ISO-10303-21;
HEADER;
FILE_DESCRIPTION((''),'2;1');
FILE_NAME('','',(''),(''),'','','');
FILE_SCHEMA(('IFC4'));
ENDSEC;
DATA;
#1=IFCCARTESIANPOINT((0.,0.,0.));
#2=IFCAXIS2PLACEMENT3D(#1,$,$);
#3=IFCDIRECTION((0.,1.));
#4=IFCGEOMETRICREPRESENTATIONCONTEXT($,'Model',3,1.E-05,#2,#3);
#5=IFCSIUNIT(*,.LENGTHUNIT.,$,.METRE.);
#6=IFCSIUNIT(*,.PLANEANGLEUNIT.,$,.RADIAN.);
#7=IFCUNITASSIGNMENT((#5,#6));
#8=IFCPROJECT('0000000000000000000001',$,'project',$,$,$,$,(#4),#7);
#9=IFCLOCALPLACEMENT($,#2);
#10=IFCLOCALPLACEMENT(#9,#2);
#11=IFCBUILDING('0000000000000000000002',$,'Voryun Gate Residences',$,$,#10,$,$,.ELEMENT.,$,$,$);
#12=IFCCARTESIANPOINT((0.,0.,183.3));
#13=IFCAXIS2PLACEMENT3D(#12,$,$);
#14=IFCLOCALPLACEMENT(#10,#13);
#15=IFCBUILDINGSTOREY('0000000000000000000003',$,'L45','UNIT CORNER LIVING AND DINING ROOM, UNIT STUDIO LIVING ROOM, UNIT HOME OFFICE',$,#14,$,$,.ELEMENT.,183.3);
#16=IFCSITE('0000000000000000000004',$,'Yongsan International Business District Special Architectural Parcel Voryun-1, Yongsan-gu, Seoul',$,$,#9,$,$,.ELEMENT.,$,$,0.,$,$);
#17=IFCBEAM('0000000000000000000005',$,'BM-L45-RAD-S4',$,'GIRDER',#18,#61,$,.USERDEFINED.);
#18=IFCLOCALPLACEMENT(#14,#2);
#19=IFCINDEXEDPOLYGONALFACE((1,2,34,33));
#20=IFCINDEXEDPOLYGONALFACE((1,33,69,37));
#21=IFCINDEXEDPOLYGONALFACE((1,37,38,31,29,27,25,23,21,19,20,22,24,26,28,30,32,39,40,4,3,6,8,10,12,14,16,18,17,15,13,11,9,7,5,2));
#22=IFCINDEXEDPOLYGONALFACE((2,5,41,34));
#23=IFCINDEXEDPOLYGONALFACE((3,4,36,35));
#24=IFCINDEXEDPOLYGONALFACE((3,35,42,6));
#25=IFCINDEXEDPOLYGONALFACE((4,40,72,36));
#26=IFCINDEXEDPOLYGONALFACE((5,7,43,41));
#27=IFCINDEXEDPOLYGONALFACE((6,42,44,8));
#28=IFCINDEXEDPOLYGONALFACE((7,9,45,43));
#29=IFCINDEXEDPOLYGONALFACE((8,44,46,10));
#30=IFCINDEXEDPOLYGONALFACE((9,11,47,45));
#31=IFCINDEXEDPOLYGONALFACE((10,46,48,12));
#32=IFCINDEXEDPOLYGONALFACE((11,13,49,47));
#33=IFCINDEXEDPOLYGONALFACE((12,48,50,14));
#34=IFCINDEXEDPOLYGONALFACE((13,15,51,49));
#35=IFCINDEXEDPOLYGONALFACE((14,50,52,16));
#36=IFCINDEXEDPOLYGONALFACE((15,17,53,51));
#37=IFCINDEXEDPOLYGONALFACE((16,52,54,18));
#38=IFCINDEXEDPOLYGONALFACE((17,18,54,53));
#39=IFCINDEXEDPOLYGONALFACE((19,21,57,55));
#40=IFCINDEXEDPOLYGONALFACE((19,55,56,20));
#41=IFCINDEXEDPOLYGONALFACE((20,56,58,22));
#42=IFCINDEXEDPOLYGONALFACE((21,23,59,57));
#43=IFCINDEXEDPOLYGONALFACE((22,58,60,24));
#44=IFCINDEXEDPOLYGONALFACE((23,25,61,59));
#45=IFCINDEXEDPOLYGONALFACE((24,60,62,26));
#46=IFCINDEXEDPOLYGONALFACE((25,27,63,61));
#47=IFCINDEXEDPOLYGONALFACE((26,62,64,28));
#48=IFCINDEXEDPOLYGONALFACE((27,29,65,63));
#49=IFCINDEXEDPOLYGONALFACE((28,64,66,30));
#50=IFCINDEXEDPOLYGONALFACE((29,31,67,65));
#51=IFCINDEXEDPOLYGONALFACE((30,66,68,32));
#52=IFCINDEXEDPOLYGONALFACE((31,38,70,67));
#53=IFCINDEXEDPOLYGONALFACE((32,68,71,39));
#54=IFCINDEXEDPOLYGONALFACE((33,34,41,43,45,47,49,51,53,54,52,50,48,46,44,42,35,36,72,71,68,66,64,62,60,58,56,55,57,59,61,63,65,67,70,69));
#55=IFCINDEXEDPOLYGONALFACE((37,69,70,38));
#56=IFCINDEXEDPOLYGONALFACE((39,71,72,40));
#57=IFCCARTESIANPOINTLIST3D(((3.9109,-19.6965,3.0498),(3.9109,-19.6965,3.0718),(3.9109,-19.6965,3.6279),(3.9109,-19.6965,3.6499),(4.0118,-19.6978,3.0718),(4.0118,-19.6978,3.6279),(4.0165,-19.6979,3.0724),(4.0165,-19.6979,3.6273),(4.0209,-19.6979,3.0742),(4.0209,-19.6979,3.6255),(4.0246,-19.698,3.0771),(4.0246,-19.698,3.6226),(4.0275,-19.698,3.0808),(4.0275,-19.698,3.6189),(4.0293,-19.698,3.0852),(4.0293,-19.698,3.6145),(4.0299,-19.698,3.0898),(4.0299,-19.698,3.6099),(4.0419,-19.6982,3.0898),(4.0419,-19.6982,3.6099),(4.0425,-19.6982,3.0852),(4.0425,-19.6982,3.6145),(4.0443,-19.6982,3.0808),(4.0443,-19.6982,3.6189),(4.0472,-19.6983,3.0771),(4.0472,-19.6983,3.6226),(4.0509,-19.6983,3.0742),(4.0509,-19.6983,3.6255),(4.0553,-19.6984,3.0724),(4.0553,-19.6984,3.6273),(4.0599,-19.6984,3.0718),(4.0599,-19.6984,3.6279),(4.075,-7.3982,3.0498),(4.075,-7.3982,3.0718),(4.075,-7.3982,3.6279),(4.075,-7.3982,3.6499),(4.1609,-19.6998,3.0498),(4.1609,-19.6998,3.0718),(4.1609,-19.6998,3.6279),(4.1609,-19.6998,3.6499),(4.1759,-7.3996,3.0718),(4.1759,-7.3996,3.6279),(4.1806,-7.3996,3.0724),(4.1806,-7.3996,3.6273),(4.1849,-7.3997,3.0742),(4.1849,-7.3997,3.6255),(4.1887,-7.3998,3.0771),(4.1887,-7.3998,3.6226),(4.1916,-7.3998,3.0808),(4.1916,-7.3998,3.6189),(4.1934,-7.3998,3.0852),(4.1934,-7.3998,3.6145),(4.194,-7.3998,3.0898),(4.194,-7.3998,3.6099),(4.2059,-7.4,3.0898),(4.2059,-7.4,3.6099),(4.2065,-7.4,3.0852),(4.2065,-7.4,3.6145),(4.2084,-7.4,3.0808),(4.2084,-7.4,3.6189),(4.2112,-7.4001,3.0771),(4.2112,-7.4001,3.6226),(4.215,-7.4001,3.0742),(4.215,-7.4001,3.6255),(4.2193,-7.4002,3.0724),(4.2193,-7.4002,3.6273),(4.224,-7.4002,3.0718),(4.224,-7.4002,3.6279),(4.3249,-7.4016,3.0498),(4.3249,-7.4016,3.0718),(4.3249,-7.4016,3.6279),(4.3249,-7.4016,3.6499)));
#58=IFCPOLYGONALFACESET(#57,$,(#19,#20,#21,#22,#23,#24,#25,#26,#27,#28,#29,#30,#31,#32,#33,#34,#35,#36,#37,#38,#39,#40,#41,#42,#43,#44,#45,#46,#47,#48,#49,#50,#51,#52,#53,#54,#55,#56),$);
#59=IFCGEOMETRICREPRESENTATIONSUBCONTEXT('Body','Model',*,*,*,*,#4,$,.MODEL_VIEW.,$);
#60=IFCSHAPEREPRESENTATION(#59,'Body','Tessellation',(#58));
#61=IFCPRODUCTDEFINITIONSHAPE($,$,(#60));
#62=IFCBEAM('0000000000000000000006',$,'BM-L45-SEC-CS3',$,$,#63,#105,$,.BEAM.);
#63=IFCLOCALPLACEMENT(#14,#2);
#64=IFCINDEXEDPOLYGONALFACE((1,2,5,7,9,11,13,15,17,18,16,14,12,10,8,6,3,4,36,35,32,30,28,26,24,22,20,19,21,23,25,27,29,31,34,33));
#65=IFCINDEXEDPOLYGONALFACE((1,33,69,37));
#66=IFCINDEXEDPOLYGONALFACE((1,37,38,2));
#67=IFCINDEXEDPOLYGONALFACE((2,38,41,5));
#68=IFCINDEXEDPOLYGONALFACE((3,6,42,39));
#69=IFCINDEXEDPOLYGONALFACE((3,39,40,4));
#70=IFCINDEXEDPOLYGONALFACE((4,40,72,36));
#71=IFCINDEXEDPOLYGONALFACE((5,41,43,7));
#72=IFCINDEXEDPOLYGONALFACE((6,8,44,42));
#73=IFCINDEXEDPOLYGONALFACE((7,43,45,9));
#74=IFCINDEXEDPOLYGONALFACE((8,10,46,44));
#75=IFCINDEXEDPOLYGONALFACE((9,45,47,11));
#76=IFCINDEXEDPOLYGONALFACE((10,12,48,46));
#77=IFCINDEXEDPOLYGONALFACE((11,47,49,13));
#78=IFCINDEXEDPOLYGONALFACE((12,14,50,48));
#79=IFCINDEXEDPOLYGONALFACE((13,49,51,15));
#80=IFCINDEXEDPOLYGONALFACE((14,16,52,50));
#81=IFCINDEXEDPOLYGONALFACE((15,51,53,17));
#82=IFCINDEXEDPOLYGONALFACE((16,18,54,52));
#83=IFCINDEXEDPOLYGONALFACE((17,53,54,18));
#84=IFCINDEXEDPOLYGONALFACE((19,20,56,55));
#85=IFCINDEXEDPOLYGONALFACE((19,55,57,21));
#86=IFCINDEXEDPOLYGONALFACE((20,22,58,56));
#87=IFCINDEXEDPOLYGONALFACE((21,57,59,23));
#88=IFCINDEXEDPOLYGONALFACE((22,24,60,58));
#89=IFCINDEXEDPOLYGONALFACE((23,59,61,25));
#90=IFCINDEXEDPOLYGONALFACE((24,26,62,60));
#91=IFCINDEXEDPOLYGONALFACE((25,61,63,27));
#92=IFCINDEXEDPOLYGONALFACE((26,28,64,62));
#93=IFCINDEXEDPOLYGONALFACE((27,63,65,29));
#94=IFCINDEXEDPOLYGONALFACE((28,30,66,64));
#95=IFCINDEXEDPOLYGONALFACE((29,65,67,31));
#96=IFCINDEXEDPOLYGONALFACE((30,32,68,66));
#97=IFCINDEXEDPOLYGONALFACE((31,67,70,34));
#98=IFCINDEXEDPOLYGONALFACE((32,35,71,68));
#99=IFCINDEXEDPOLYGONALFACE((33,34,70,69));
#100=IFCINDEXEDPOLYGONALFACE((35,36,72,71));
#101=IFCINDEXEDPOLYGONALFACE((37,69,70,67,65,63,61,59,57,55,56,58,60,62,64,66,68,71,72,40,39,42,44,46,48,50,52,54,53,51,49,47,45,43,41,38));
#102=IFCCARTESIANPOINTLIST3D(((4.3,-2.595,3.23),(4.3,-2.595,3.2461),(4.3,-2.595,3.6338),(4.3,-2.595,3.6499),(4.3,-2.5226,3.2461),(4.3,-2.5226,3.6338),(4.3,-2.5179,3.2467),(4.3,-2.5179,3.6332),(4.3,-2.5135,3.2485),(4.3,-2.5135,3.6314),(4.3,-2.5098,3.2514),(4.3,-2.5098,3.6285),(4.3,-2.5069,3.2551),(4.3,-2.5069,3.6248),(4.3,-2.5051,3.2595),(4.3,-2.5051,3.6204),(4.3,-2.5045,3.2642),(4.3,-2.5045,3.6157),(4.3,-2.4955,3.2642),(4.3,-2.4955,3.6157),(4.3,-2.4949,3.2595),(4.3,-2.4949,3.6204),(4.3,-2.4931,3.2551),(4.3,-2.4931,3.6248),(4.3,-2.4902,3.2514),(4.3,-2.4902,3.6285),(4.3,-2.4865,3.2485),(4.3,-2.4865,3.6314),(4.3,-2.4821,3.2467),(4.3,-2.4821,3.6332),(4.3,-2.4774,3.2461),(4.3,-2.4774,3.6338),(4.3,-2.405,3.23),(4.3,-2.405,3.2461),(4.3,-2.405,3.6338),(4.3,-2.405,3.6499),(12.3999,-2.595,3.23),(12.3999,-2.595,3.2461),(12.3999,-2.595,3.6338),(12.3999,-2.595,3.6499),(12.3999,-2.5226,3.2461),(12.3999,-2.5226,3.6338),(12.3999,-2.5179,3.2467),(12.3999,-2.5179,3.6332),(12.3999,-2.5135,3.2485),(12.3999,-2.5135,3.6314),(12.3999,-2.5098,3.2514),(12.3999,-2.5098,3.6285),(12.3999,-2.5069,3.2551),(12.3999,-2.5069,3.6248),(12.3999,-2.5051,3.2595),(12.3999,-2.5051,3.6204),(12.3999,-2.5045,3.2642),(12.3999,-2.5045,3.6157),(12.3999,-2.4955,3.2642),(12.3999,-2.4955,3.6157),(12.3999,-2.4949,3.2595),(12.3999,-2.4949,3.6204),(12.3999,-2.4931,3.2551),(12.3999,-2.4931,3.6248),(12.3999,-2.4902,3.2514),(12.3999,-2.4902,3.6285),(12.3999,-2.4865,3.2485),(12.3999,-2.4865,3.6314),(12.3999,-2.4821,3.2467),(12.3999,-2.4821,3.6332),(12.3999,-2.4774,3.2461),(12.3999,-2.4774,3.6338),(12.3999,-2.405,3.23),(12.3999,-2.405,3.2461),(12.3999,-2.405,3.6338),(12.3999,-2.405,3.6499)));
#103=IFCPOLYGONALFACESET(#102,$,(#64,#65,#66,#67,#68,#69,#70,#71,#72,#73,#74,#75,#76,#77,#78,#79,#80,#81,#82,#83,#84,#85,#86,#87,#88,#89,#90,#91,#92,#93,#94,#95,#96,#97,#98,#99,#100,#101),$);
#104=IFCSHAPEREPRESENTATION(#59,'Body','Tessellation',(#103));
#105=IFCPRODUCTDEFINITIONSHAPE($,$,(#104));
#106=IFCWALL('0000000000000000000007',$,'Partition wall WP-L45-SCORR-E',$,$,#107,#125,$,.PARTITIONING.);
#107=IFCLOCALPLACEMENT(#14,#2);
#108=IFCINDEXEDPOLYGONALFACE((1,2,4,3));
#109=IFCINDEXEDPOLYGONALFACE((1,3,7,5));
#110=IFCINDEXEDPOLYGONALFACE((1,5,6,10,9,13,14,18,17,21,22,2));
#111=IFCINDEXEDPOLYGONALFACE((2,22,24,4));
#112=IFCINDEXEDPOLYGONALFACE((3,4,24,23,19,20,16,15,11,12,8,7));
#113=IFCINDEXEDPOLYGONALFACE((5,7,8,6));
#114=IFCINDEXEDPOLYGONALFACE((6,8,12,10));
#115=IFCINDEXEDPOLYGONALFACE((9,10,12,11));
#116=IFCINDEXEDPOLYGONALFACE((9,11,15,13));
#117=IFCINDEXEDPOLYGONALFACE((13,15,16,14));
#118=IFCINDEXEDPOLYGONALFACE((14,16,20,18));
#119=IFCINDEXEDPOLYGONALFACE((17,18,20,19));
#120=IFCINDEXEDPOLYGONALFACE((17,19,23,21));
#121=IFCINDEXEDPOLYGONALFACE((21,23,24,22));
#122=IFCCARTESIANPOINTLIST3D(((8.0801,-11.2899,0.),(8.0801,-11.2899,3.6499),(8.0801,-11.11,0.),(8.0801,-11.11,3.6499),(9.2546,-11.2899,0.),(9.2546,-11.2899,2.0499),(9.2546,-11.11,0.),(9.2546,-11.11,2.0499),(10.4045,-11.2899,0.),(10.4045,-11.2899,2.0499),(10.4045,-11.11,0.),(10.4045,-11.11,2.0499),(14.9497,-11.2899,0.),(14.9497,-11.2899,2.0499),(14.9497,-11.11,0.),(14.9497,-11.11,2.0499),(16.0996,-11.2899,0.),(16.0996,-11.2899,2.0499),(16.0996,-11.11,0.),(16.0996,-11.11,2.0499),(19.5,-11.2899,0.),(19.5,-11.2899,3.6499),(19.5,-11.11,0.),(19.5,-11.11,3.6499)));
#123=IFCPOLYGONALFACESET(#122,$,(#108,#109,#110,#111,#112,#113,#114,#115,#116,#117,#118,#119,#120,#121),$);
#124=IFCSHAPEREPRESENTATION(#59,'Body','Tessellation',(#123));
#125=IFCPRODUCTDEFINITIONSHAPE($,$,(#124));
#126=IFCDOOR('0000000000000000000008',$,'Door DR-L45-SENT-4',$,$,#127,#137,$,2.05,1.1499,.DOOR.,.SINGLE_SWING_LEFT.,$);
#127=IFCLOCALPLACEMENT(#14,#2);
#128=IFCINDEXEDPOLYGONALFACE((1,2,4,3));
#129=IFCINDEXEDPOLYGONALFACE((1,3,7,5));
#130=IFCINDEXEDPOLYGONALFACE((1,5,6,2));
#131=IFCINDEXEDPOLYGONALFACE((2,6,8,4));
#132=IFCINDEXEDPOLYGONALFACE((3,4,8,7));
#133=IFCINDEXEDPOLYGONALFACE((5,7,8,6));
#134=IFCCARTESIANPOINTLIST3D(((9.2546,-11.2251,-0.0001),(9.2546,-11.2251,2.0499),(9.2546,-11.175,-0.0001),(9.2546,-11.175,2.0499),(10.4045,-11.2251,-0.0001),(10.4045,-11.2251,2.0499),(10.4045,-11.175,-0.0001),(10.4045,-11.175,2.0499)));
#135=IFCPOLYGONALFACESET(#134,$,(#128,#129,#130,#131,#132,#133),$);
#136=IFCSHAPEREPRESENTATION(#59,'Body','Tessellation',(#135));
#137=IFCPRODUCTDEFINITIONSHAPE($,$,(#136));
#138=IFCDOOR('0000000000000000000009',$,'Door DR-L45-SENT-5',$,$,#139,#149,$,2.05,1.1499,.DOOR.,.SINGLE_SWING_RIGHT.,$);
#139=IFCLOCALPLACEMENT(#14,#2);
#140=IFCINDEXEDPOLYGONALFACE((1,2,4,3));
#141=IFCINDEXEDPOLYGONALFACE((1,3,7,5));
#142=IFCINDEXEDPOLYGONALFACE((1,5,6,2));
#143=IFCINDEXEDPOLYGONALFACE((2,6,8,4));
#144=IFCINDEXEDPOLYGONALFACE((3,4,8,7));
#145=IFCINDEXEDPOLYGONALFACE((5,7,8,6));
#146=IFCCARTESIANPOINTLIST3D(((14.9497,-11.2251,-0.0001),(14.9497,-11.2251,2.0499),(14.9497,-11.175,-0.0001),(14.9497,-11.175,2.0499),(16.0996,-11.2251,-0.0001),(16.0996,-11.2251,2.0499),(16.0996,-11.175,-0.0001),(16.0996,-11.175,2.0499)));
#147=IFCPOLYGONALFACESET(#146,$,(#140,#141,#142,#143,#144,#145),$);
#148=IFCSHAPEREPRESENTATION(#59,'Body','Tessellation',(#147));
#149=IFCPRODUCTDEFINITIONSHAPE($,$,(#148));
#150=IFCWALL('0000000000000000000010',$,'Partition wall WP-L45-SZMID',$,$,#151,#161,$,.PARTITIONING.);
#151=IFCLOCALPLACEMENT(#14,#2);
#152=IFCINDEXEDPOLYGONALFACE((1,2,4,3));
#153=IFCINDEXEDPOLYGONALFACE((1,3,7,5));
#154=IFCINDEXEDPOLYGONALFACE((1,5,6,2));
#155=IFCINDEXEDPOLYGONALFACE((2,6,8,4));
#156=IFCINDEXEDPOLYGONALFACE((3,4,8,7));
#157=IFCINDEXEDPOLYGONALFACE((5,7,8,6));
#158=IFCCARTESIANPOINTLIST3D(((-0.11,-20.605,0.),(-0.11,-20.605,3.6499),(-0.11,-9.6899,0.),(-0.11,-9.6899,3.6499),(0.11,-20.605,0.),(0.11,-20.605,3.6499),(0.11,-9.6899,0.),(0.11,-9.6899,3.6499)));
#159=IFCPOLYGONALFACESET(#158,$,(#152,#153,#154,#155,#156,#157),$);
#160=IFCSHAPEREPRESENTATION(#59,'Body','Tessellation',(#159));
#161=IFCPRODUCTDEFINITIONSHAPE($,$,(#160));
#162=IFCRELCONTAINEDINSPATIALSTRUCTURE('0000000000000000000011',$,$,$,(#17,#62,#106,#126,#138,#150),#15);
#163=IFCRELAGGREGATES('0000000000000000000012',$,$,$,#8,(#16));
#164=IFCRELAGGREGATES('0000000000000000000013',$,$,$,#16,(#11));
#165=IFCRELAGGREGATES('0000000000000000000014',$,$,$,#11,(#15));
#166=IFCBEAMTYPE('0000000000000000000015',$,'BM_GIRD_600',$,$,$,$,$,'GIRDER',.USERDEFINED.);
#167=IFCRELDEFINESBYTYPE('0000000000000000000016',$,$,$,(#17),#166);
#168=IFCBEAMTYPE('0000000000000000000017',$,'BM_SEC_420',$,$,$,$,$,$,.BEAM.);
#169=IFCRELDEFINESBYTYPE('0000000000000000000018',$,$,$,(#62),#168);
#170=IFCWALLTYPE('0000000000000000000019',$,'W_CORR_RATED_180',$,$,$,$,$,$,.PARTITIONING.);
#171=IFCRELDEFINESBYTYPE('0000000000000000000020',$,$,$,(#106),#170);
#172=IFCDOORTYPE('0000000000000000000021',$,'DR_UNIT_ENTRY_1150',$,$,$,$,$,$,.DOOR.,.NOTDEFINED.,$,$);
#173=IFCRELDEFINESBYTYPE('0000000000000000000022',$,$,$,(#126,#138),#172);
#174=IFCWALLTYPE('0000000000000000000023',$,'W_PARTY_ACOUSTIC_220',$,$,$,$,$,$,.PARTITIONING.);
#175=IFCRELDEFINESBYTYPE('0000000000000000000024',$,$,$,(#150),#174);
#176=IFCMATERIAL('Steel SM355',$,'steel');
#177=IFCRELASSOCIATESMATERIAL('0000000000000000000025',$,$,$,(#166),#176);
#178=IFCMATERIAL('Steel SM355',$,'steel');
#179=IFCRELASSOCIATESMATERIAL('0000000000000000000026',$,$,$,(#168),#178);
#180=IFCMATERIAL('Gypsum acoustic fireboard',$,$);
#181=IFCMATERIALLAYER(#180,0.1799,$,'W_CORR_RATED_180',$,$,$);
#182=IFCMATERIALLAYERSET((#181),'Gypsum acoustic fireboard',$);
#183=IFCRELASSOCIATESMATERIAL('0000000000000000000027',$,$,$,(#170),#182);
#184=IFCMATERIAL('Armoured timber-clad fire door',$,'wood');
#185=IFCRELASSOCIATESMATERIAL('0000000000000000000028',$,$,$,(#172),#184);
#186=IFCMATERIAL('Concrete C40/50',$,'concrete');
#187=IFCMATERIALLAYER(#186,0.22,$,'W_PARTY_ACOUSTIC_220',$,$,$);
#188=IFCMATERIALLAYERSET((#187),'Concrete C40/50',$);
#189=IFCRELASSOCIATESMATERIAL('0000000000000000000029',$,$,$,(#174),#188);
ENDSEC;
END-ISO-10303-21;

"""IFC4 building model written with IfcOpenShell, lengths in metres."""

from ifc_helpers import new_model, si_unit, direction, frame, frame_2d, origin, origin_2d, place, context, subcontext, project, spatial, rectangle, i_section, extrude, material, layer, layer_set, material_profile, profile_set, type_object, element, fill, save


model = new_model("IFC4")

# Units and contexts
model_context = context("Model", 3, precision=1e-05, world=origin(), true_north=direction((0.0, 1.0)))
body_context = subcontext(model_context, "Body", "Model", "MODEL_VIEW")
ifc_project = project(units=[si_unit("LENGTHUNIT", "METRE"), si_unit("PLANEANGLEUNIT", "RADIAN")], contexts=[model_context])

# Site, building, storey
site_placement = place(None, origin())
site = spatial("IfcSite", under=ifc_project, at=site_placement, Name="Yongsan International Business District Special Architectural Parcel Voryun-1, Yongsan-gu, Seoul", CompositionType="ELEMENT", RefElevation=0.0)
building_placement = place(site_placement, origin())
building = spatial("IfcBuilding", under=site, at=building_placement, Name="Voryun Gate Residences", CompositionType="ELEMENT")
storey_placement = place(building_placement, frame((0.0, 0.0, 183.3)))
storey = spatial("IfcBuildingStorey", under=building, at=storey_placement, Name="L45", Description="UNIT CORNER LIVING AND DINING ROOM, UNIT STUDIO LIVING ROOM, UNIT HOME OFFICE", CompositionType="ELEMENT", Elevation=183.3)

# Beams
ifc_material_1 = material(Name="Steel SM355", Category="steel")
ifc_material_profile_1 = material_profile(ifc_material_1, i_section(OverallWidth=0.25, OverallDepth=0.6001, WebThickness=0.012, FlangeThickness=0.022, FilletRadius=0.0181, at=origin_2d()), Name="H-600x250x12x22")
ifc_profile_set_1 = profile_set([ifc_material_profile_1], Name="Steel SM355")
beam_type_1 = type_object("IfcBeamType", Name="BM_GIRD_600", ElementType="GIRDER", PredefinedType="USERDEFINED", material=ifc_profile_set_1)
beam_1_placement = place(storey_placement, frame((4.2, -7.3999, 3.3499), z_axis=(-0.013339, -0.999911, 0.0), x_axis=(0.999911, -0.013339, 0.0)))
element("IfcBeam", 1, at=beam_1_placement, inside=storey, type_object=beam_type_1, Name="BM-L45-RAD-S4", ObjectType="GIRDER", PredefinedType="USERDEFINED", context=body_context, shape_type="SweptSolid", body=[
    extrude(i_section(OverallWidth=0.25, OverallDepth=0.6001, WebThickness=0.012, FlangeThickness=0.022, FilletRadius=0.0181, at=origin_2d()), origin(), (0.0, 0.0, 1.0), 12.2993),
])
ifc_material_2 = material(Name="Steel SM355", Category="steel")
ifc_material_profile_2 = material_profile(ifc_material_2, i_section(OverallWidth=0.1899, OverallDepth=0.4199, WebThickness=0.009, FlangeThickness=0.0161, FilletRadius=0.0181, at=origin_2d()), Name="H-420x190x9x16")
ifc_profile_set_2 = profile_set([ifc_material_profile_2], Name="Steel SM355")
beam_type_2 = type_object("IfcBeamType", Name="BM_SEC_420", PredefinedType="BEAM", material=ifc_profile_set_2)
beam_2_placement = place(storey_placement, frame((4.3, -2.5, 3.4399), z_axis=(1.0, 0.0, 0.0), x_axis=(0.0, 1.0, 0.0)))
element("IfcBeam", 2, at=beam_2_placement, inside=storey, type_object=beam_type_2, Name="BM-L45-SEC-CS3", PredefinedType="BEAM", context=body_context, shape_type="SweptSolid", body=[
    extrude(i_section(OverallWidth=0.1899, OverallDepth=0.4199, WebThickness=0.009, FlangeThickness=0.0161, FilletRadius=0.0181, at=origin_2d()), origin(), (0.0, 0.0, 1.0), 8.0999),
])

# Wall, openings, doors
ifc_material_3 = material(Name="Gypsum acoustic fireboard")
ifc_layer_1 = layer(ifc_material_3, 0.1799, Name="W_CORR_RATED_180")
ifc_layer_set_1 = layer_set([ifc_layer_1], Name="Gypsum acoustic fireboard")
wall_type_1 = type_object("IfcWallType", Name="W_CORR_RATED_180", PredefinedType="PARTITIONING", material=ifc_layer_set_1)
wall_1_placement = place(storey_placement, frame((8.0801, -11.2, 0.0), z_axis=(0.0, 0.0, 1.0), x_axis=(1.0, 0.0, 0.0)))
wall_1 = element("IfcWall", 3, at=wall_1_placement, inside=storey, type_object=wall_type_1, Name="Partition wall WP-L45-SCORR-E", PredefinedType="PARTITIONING", context=body_context, shape_type="SweptSolid", body=[
    extrude(rectangle(XDim=11.4199, YDim=0.1799, at=frame_2d((5.71, 0.0))), origin(), (0.0, 0.0, 1.0), 3.6499),
])
opening_1_placement = place(wall_1_placement, frame((1.1746, 0.0, 0.0)))
opening_1 = element("IfcOpeningElement", 4, at=opening_1_placement, cuts=wall_1, PredefinedType="OPENING", context=body_context, shape_type="SweptSolid", body=[
    extrude(rectangle(XDim=1.1499, YDim=2.05, at=frame_2d((0.575, 1.0249))), frame((0.0, 0.0999, 0.0), z_axis=(0.0, -1.0, 0.0), x_axis=(1.0, 0.0, 0.0)), (0.0, 0.0, 1.0), 0.2),
])
opening_2_placement = place(wall_1_placement, frame((6.8696, 0.0, 0.0)))
opening_2 = element("IfcOpeningElement", 5, at=opening_2_placement, cuts=wall_1, PredefinedType="OPENING", context=body_context, shape_type="SweptSolid", body=[
    extrude(rectangle(XDim=1.1499, YDim=2.05, at=frame_2d((0.575, 1.0249))), frame((0.0, 0.0999, 0.0), z_axis=(0.0, -1.0, 0.0), x_axis=(1.0, 0.0, 0.0)), (0.0, 0.0, 1.0), 0.2),
])
ifc_material_4 = material(Name="Armoured timber-clad fire door", Category="wood")
door_type_1 = type_object("IfcDoorType", Name="DR_UNIT_ENTRY_1150", OperationType="NOTDEFINED", PredefinedType="DOOR", material=ifc_material_4)
door_1_placement = place(opening_1_placement, origin())
door_1 = element("IfcDoor", 6, at=door_1_placement, inside=storey, type_object=door_type_1, Name="Door DR-L45-SENT-4", OperationType="SINGLE_SWING_LEFT", OverallHeight=2.05, OverallWidth=1.1499, PredefinedType="DOOR", context=body_context, shape_type="SweptSolid", body=[
    extrude(rectangle(XDim=1.1499, YDim=2.05, at=frame_2d((0.575, 1.0249))), frame((0.0, 0.0249, 0.0), z_axis=(0.0, -1.0, 0.0), x_axis=(1.0, 0.0, 0.0)), (0.0, 0.0, 1.0), 0.05),
])
fill(opening_1, door_1)
door_2_placement = place(opening_2_placement, origin())
door_2 = element("IfcDoor", 7, at=door_2_placement, inside=storey, type_object=door_type_1, Name="Door DR-L45-SENT-5", OperationType="SINGLE_SWING_RIGHT", OverallHeight=2.05, OverallWidth=1.1499, PredefinedType="DOOR", context=body_context, shape_type="SweptSolid", body=[
    extrude(rectangle(XDim=1.1499, YDim=2.05, at=frame_2d((0.575, 1.0249))), frame((0.0, 0.0249, 0.0), z_axis=(0.0, -1.0, 0.0), x_axis=(1.0, 0.0, 0.0)), (0.0, 0.0, 1.0), 0.05),
])
fill(opening_2, door_2)

# Wall
ifc_material_5 = material(Name="Concrete C40/50", Category="concrete")
ifc_layer_2 = layer(ifc_material_5, 0.22, Name="W_PARTY_ACOUSTIC_220")
ifc_layer_set_2 = layer_set([ifc_layer_2], Name="Concrete C40/50")
wall_type_2 = type_object("IfcWallType", Name="W_PARTY_ACOUSTIC_220", PredefinedType="PARTITIONING", material=ifc_layer_set_2)
wall_2_placement = place(storey_placement, frame((0.0, -20.605, 0.0), z_axis=(0.0, 0.0, 1.0), x_axis=(0.0, 1.0, 0.0)))
element("IfcWall", 8, at=wall_2_placement, inside=storey, type_object=wall_type_2, Name="Partition wall WP-L45-SZMID", PredefinedType="PARTITIONING", context=body_context, shape_type="SweptSolid", body=[
    extrude(rectangle(XDim=10.915, YDim=0.22, at=frame_2d((5.4575, 0.0))), origin(), (0.0, 0.0, 1.0), 3.6499),
])

save(model, "model.ifc")
